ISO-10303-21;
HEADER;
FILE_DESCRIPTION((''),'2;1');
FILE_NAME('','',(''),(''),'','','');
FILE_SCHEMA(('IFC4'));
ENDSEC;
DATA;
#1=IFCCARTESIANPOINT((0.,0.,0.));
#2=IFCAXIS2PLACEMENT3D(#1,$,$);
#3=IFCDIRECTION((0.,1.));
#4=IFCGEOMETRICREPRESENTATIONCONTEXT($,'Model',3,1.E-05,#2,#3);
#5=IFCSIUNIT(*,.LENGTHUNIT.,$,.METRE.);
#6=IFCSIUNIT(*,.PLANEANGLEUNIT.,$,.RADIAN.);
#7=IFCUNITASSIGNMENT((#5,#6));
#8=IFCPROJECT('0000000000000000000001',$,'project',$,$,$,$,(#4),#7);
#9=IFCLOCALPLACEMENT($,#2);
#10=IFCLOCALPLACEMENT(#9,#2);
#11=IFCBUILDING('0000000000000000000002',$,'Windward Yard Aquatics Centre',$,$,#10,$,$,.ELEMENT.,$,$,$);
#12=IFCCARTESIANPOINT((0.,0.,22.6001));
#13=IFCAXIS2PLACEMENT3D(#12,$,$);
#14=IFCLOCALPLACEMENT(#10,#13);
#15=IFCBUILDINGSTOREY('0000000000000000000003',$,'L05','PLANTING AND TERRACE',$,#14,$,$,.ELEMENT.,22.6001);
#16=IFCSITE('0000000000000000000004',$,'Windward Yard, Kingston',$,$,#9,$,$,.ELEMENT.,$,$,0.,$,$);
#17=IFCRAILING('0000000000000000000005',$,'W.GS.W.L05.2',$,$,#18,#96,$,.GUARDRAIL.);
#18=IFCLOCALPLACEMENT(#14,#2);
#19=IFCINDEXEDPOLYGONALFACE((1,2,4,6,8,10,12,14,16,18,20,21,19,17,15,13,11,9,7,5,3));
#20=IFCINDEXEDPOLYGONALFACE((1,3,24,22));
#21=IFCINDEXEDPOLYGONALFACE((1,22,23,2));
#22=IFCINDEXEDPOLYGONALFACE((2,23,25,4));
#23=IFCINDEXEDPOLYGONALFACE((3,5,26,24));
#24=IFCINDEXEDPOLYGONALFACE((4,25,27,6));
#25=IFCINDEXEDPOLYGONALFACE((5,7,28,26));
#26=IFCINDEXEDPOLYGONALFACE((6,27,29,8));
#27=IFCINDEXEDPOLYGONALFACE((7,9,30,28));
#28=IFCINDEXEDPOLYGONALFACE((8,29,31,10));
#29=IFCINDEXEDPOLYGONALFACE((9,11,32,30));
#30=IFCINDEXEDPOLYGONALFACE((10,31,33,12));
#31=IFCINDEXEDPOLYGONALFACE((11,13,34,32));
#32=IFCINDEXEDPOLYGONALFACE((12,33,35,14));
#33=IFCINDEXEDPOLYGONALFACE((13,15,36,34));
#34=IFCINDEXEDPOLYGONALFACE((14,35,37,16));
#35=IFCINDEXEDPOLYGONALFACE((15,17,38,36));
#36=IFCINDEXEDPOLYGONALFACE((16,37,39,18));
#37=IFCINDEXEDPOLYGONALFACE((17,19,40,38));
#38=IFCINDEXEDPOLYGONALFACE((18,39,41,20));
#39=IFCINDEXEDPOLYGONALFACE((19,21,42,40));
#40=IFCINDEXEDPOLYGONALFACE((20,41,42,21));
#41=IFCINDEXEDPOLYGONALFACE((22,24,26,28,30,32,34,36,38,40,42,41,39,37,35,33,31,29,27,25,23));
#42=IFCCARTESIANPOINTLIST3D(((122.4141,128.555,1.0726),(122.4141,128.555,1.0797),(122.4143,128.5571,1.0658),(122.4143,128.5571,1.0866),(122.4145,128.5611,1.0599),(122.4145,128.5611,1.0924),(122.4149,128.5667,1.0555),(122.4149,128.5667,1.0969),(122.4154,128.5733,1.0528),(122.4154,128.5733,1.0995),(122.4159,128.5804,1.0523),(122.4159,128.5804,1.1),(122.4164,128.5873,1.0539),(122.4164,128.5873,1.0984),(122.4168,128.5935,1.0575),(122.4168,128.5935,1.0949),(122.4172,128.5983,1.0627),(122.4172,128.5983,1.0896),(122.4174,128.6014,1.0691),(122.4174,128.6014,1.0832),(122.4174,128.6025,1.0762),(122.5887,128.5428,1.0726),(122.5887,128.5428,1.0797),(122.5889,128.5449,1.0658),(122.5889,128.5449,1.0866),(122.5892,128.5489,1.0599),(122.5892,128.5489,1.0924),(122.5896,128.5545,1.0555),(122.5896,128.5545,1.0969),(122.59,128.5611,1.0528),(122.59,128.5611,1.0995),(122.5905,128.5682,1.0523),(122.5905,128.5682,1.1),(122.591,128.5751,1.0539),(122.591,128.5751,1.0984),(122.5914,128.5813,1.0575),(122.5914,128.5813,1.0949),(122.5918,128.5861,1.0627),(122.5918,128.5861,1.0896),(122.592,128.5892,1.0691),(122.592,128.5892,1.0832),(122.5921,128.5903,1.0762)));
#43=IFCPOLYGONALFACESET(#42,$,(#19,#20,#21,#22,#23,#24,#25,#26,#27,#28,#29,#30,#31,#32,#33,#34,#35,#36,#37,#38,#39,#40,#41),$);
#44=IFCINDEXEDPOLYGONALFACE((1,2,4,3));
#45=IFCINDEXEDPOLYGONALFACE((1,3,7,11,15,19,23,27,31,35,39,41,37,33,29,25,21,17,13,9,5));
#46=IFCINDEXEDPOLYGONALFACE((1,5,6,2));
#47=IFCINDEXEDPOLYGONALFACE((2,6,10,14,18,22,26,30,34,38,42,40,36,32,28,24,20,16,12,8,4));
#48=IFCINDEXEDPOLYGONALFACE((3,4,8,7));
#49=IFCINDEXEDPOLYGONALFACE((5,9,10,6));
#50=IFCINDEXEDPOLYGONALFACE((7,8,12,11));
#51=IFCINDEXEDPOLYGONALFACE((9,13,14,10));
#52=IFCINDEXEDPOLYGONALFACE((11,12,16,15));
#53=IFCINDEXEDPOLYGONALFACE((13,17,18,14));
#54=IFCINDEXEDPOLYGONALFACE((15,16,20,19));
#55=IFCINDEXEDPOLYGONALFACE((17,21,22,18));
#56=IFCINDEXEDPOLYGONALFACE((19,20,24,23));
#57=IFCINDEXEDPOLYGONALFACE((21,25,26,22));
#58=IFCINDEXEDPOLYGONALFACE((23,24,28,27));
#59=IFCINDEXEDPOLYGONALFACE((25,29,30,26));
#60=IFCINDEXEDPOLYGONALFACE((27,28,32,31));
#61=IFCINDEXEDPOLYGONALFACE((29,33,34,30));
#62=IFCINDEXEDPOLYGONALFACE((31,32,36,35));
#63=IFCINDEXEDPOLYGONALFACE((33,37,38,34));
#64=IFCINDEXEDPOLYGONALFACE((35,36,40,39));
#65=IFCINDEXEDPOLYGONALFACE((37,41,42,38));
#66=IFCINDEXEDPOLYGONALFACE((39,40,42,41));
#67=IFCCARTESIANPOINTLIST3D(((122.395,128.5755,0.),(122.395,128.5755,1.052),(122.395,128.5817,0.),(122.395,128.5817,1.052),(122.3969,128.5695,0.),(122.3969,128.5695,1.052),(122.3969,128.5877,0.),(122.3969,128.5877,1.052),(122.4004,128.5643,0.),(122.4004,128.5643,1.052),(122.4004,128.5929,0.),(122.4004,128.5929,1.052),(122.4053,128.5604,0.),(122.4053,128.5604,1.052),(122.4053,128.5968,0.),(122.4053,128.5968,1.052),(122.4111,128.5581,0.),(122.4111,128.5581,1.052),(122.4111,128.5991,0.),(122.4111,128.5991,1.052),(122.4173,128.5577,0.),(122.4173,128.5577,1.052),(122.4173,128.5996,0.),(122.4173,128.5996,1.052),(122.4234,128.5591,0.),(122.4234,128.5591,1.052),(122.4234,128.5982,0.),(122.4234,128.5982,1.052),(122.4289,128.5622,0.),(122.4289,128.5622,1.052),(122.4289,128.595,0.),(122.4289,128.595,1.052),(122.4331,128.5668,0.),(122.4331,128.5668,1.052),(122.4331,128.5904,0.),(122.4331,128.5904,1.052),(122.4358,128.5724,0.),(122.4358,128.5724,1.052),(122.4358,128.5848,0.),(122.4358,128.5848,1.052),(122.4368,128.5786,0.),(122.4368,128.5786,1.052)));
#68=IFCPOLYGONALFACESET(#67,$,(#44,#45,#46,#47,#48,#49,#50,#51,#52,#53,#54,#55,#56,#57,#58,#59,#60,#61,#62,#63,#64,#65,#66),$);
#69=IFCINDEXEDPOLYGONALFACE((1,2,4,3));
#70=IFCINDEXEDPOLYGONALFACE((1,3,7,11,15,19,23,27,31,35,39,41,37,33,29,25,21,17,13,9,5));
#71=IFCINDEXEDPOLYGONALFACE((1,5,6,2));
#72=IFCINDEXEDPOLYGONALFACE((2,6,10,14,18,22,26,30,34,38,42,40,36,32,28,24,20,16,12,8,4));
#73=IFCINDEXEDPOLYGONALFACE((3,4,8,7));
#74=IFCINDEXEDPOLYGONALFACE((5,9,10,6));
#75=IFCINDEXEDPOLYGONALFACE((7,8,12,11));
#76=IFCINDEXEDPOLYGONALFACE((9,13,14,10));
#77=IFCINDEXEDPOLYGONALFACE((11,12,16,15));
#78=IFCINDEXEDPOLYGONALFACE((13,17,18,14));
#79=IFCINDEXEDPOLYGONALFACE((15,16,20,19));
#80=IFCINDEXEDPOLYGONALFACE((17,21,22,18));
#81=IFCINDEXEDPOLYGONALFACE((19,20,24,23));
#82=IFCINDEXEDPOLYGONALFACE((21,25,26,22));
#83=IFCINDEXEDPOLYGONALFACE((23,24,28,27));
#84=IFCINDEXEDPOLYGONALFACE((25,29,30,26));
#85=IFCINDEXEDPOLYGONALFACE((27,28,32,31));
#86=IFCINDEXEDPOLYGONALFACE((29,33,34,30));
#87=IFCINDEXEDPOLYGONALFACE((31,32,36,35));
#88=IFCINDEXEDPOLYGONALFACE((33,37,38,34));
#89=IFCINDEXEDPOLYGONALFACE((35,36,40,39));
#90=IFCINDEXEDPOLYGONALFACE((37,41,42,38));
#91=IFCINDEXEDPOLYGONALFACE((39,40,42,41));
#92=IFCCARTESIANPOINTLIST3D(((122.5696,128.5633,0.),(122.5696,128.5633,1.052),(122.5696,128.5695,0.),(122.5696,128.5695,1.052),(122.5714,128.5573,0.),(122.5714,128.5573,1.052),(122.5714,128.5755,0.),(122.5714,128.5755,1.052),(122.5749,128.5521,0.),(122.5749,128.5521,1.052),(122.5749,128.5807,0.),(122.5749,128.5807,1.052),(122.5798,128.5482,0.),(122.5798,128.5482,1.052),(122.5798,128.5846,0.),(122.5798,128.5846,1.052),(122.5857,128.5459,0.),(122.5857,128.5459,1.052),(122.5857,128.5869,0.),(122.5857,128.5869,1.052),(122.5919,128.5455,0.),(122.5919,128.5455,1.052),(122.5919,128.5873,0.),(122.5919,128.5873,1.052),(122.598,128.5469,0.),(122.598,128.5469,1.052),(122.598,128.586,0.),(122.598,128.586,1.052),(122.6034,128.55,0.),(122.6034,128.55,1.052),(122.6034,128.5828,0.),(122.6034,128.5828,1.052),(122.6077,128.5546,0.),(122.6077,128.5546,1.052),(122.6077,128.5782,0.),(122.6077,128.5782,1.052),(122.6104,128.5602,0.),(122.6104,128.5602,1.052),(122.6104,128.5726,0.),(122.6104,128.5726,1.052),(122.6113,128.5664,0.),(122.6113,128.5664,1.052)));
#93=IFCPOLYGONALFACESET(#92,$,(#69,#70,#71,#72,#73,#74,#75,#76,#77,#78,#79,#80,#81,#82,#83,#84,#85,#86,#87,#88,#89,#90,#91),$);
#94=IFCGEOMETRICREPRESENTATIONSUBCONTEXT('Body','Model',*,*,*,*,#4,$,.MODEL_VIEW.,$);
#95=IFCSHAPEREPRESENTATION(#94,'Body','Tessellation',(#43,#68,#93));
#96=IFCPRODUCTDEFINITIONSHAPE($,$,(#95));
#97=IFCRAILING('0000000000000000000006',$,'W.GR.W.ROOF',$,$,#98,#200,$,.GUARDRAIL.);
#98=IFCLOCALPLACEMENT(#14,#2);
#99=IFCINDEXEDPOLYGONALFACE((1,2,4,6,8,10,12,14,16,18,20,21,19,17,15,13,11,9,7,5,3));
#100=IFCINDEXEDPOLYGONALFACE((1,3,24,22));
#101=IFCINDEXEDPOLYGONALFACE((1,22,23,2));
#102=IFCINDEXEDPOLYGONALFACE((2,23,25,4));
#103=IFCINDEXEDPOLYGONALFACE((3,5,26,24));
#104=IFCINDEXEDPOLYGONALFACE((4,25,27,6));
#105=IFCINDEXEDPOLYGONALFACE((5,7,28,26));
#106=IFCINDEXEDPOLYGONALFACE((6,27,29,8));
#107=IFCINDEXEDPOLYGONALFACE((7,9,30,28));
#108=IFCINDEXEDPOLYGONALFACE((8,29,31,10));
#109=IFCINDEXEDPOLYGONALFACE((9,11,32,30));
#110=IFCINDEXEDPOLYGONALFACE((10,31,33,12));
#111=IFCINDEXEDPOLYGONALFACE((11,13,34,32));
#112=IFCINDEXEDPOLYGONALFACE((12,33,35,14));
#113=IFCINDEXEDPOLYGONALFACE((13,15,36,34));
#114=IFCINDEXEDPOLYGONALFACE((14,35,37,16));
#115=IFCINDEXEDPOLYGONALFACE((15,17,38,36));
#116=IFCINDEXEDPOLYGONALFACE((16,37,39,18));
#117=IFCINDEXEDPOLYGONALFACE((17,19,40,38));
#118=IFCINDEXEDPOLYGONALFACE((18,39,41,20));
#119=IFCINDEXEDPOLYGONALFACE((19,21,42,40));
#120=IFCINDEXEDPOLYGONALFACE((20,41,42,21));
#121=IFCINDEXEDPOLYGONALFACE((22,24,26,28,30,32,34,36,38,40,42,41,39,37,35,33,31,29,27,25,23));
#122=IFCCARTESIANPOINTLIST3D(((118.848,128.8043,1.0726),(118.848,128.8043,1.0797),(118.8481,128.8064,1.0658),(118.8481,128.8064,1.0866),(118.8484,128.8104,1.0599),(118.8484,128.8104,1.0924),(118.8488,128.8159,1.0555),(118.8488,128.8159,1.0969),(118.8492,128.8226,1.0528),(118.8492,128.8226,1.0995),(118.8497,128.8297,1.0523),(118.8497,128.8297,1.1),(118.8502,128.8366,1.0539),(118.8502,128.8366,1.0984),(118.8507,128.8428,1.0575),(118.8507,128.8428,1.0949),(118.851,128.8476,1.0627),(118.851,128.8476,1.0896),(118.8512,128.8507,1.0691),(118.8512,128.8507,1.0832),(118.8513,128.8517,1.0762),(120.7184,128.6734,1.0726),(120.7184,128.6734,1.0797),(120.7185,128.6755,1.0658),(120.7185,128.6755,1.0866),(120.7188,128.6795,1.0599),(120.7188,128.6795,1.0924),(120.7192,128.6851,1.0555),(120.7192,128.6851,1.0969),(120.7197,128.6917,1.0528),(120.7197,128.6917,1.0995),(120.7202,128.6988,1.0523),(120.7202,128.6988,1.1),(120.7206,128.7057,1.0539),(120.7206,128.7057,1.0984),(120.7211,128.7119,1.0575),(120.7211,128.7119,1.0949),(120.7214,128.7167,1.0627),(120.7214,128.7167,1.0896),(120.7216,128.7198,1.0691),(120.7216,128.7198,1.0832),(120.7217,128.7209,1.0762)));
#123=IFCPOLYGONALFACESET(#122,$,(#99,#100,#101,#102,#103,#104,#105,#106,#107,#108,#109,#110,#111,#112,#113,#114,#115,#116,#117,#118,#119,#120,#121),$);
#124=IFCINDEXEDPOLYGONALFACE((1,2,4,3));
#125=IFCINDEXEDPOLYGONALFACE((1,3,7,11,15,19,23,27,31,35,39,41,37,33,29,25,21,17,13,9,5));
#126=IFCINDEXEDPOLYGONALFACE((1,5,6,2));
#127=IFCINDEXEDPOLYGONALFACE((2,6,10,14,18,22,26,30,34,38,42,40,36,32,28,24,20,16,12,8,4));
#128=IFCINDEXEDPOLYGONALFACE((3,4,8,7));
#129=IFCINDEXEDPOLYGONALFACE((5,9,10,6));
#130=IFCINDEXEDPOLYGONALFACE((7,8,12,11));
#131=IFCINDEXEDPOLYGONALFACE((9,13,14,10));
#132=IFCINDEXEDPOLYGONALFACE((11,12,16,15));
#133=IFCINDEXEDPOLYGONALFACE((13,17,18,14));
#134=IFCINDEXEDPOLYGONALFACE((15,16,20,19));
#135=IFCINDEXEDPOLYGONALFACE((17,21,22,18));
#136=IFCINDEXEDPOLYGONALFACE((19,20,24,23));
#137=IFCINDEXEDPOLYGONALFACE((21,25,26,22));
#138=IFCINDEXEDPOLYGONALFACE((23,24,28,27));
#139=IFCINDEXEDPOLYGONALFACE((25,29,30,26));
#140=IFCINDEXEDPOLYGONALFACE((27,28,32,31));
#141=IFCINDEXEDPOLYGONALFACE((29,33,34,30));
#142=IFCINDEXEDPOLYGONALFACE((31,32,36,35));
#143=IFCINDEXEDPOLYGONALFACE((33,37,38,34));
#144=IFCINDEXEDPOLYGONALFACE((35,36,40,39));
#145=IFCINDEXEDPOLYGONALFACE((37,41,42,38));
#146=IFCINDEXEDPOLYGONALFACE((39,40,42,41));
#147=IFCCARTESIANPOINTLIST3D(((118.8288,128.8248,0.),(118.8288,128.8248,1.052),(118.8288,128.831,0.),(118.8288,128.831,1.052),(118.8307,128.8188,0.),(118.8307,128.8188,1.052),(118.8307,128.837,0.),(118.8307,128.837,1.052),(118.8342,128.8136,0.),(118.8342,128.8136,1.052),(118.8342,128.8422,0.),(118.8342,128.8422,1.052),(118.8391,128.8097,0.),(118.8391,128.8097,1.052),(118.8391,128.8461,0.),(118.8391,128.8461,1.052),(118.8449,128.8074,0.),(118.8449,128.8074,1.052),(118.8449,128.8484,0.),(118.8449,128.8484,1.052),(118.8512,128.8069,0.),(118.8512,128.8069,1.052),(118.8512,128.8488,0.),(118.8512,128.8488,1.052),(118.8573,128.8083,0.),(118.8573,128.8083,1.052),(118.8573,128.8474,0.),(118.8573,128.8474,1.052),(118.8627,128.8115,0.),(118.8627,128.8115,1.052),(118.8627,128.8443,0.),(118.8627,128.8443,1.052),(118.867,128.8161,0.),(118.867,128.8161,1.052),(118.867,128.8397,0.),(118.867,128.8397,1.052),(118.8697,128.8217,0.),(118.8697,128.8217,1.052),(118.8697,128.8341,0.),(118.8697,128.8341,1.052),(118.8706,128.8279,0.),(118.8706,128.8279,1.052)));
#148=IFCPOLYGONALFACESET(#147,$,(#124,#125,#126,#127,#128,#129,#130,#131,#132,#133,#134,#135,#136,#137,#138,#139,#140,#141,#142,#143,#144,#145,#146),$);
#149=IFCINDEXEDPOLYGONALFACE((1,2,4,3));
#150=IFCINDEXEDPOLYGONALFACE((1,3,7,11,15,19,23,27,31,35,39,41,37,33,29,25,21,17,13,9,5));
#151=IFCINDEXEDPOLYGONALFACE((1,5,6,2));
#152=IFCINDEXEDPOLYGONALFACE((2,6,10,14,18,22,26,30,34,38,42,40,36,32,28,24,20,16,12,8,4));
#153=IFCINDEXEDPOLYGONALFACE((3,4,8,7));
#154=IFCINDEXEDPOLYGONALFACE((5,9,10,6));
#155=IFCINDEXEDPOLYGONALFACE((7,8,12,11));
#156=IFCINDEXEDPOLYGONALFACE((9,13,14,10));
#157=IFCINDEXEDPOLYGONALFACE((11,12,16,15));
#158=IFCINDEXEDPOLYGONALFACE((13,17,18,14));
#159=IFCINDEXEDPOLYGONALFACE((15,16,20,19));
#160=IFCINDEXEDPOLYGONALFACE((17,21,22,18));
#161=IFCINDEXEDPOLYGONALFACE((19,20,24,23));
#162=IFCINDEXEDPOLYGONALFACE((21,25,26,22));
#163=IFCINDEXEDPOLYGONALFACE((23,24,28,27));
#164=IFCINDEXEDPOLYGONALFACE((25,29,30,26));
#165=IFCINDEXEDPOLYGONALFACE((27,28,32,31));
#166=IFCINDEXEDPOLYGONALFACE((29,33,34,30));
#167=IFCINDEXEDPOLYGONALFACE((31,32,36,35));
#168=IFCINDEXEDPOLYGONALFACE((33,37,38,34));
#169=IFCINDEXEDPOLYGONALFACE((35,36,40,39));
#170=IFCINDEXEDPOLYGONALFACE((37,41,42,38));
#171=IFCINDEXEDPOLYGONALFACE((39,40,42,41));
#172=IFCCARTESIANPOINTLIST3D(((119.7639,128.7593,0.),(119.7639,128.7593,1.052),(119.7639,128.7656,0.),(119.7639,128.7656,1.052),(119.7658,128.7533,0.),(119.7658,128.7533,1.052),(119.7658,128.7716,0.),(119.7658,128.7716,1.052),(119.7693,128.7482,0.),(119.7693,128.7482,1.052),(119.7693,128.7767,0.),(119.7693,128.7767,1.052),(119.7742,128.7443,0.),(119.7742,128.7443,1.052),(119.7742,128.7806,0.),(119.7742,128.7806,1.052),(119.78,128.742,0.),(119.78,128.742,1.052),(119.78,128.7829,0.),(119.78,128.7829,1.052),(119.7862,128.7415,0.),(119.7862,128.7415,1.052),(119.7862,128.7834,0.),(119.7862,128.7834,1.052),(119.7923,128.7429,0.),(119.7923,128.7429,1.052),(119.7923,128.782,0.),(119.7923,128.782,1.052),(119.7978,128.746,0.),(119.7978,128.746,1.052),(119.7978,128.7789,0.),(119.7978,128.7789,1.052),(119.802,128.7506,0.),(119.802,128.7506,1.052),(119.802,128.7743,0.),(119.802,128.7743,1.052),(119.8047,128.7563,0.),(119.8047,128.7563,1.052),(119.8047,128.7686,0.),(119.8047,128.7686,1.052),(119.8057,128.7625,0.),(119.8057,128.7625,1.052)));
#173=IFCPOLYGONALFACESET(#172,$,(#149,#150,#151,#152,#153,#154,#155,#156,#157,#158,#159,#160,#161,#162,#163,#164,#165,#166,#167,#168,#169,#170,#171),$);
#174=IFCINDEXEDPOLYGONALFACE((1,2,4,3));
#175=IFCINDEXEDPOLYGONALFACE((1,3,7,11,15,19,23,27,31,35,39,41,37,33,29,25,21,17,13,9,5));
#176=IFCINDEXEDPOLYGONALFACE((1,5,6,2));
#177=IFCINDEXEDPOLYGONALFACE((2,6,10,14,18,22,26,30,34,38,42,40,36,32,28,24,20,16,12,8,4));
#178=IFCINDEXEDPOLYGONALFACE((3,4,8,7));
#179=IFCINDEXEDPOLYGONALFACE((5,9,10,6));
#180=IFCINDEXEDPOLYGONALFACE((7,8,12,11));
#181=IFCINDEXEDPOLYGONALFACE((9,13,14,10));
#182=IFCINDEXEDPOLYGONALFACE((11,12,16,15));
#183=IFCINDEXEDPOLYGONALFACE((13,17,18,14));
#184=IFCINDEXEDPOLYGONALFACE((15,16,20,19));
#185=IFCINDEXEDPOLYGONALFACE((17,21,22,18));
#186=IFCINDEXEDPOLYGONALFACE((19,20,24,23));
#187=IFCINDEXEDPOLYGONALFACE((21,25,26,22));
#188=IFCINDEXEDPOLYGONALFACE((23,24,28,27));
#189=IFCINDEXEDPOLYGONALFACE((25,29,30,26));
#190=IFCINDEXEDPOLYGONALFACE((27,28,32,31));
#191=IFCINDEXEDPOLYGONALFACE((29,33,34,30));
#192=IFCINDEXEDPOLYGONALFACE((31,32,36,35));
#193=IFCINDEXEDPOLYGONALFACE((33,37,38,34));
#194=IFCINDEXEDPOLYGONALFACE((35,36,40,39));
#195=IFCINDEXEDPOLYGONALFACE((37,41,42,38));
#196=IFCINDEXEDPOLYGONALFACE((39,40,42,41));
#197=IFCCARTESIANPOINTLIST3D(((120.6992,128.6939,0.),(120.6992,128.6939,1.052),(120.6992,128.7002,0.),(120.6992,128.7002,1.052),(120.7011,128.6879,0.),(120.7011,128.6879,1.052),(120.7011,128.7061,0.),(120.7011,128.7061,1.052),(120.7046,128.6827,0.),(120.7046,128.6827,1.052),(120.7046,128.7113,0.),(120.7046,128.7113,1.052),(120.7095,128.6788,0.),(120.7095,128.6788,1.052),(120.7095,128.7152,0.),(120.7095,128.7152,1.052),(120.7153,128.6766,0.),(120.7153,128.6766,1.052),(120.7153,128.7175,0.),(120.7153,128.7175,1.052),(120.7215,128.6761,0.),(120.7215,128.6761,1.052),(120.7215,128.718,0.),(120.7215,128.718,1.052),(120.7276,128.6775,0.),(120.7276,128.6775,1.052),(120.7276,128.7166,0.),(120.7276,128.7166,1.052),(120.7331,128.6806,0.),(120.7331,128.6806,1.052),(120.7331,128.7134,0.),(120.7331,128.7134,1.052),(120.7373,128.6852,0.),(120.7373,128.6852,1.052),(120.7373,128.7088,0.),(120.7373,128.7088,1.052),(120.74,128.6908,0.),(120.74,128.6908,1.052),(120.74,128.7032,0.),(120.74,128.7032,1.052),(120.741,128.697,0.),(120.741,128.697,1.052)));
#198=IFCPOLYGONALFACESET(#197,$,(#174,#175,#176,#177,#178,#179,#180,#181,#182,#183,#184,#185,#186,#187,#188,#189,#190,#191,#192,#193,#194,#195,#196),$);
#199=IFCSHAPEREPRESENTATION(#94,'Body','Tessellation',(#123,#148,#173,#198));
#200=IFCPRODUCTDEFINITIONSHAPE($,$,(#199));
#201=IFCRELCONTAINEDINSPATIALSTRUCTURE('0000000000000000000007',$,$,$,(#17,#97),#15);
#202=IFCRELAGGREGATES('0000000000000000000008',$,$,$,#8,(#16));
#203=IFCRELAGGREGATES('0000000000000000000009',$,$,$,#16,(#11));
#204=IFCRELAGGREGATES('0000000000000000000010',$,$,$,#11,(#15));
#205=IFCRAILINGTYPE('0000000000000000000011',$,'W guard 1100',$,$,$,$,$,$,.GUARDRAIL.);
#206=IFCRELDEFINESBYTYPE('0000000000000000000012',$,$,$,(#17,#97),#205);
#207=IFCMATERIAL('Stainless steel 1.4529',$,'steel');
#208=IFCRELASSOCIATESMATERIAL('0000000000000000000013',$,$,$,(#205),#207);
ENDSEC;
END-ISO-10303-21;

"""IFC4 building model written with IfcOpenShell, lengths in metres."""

from ifc_helpers import new_model, si_unit, direction, frame, origin, origin_2d, place, context, subcontext, project, spatial, circle, extrude, material, type_object, element, save


model = new_model("IFC4")

# Units and contexts
model_context = context("Model", 3, precision=1e-05, world=origin(), true_north=direction((0.0, 1.0)))
body_context = subcontext(model_context, "Body", "Model", "MODEL_VIEW")
ifc_project = project(units=[si_unit("LENGTHUNIT", "METRE"), si_unit("PLANEANGLEUNIT", "RADIAN")], contexts=[model_context])

# Site, building, storey
site_placement = place(None, origin())
site = spatial("IfcSite", under=ifc_project, at=site_placement, Name="Windward Yard, Kingston", CompositionType="ELEMENT", RefElevation=0.0)
building_placement = place(site_placement, origin())
building = spatial("IfcBuilding", under=site, at=building_placement, Name="Windward Yard Aquatics Centre", CompositionType="ELEMENT")
storey_placement = place(building_placement, frame((0.0, 0.0, 22.6001)))
storey = spatial("IfcBuildingStorey", under=building, at=storey_placement, Name="L05", Description="PLANTING AND TERRACE", CompositionType="ELEMENT", Elevation=22.6001)

# Railings
ifc_material_1 = material(Name="Stainless steel 1.4529", Category="steel")
railing_type = type_object("IfcRailingType", Name="W guard 1100", PredefinedType="GUARDRAIL", material=ifc_material_1)
railing_1_placement = place(storey_placement, frame((122.4158, 128.5786, 0.0)))
element("IfcRailing", 1, at=railing_1_placement, inside=storey, type_object=railing_type, Name="W.GS.W.L05.2", PredefinedType="GUARDRAIL", context=body_context, shape_type="SweptSolid", body=[
    extrude(circle(Radius=0.0239, at=origin_2d()), frame((0.0, 0.0, 1.0762), z_axis=(0.997564, -0.06976, 0.0), x_axis=(0.06976, 0.997564, 0.0)), (0.0, 0.0, 1.0), 0.175),
    extrude(circle(Radius=0.021, at=origin_2d()), origin(), (0.0, 0.0, 1.0), 1.052),
    extrude(circle(Radius=0.021, at=origin_2d()), frame((0.1746, -0.0122, 0.0)), (0.0, 0.0, 1.0), 1.052),
])
railing_2_placement = place(storey_placement, frame((118.8496, 128.8279, 0.0)))
element("IfcRailing", 2, at=railing_2_placement, inside=storey, type_object=railing_type, Name="W.GR.W.ROOF", PredefinedType="GUARDRAIL", context=body_context, shape_type="SweptSolid", body=[
    extrude(circle(Radius=0.0239, at=origin_2d()), frame((0.0, 0.0, 1.0762), z_axis=(0.997561, -0.069794, 0.0), x_axis=(0.069794, 0.997561, 0.0)), (0.0, 0.0, 1.0), 1.875),
    extrude(circle(Radius=0.021, at=origin_2d()), origin(), (0.0, 0.0, 1.0), 1.052),
    extrude(circle(Radius=0.021, at=origin_2d()), frame((0.9351, -0.0654, 0.0)), (0.0, 0.0, 1.0), 1.052),
    extrude(circle(Radius=0.021, at=origin_2d()), frame((1.8704, -0.1309, 0.0)), (0.0, 0.0, 1.0), 1.052),
])

save(model, "model.ifc")
